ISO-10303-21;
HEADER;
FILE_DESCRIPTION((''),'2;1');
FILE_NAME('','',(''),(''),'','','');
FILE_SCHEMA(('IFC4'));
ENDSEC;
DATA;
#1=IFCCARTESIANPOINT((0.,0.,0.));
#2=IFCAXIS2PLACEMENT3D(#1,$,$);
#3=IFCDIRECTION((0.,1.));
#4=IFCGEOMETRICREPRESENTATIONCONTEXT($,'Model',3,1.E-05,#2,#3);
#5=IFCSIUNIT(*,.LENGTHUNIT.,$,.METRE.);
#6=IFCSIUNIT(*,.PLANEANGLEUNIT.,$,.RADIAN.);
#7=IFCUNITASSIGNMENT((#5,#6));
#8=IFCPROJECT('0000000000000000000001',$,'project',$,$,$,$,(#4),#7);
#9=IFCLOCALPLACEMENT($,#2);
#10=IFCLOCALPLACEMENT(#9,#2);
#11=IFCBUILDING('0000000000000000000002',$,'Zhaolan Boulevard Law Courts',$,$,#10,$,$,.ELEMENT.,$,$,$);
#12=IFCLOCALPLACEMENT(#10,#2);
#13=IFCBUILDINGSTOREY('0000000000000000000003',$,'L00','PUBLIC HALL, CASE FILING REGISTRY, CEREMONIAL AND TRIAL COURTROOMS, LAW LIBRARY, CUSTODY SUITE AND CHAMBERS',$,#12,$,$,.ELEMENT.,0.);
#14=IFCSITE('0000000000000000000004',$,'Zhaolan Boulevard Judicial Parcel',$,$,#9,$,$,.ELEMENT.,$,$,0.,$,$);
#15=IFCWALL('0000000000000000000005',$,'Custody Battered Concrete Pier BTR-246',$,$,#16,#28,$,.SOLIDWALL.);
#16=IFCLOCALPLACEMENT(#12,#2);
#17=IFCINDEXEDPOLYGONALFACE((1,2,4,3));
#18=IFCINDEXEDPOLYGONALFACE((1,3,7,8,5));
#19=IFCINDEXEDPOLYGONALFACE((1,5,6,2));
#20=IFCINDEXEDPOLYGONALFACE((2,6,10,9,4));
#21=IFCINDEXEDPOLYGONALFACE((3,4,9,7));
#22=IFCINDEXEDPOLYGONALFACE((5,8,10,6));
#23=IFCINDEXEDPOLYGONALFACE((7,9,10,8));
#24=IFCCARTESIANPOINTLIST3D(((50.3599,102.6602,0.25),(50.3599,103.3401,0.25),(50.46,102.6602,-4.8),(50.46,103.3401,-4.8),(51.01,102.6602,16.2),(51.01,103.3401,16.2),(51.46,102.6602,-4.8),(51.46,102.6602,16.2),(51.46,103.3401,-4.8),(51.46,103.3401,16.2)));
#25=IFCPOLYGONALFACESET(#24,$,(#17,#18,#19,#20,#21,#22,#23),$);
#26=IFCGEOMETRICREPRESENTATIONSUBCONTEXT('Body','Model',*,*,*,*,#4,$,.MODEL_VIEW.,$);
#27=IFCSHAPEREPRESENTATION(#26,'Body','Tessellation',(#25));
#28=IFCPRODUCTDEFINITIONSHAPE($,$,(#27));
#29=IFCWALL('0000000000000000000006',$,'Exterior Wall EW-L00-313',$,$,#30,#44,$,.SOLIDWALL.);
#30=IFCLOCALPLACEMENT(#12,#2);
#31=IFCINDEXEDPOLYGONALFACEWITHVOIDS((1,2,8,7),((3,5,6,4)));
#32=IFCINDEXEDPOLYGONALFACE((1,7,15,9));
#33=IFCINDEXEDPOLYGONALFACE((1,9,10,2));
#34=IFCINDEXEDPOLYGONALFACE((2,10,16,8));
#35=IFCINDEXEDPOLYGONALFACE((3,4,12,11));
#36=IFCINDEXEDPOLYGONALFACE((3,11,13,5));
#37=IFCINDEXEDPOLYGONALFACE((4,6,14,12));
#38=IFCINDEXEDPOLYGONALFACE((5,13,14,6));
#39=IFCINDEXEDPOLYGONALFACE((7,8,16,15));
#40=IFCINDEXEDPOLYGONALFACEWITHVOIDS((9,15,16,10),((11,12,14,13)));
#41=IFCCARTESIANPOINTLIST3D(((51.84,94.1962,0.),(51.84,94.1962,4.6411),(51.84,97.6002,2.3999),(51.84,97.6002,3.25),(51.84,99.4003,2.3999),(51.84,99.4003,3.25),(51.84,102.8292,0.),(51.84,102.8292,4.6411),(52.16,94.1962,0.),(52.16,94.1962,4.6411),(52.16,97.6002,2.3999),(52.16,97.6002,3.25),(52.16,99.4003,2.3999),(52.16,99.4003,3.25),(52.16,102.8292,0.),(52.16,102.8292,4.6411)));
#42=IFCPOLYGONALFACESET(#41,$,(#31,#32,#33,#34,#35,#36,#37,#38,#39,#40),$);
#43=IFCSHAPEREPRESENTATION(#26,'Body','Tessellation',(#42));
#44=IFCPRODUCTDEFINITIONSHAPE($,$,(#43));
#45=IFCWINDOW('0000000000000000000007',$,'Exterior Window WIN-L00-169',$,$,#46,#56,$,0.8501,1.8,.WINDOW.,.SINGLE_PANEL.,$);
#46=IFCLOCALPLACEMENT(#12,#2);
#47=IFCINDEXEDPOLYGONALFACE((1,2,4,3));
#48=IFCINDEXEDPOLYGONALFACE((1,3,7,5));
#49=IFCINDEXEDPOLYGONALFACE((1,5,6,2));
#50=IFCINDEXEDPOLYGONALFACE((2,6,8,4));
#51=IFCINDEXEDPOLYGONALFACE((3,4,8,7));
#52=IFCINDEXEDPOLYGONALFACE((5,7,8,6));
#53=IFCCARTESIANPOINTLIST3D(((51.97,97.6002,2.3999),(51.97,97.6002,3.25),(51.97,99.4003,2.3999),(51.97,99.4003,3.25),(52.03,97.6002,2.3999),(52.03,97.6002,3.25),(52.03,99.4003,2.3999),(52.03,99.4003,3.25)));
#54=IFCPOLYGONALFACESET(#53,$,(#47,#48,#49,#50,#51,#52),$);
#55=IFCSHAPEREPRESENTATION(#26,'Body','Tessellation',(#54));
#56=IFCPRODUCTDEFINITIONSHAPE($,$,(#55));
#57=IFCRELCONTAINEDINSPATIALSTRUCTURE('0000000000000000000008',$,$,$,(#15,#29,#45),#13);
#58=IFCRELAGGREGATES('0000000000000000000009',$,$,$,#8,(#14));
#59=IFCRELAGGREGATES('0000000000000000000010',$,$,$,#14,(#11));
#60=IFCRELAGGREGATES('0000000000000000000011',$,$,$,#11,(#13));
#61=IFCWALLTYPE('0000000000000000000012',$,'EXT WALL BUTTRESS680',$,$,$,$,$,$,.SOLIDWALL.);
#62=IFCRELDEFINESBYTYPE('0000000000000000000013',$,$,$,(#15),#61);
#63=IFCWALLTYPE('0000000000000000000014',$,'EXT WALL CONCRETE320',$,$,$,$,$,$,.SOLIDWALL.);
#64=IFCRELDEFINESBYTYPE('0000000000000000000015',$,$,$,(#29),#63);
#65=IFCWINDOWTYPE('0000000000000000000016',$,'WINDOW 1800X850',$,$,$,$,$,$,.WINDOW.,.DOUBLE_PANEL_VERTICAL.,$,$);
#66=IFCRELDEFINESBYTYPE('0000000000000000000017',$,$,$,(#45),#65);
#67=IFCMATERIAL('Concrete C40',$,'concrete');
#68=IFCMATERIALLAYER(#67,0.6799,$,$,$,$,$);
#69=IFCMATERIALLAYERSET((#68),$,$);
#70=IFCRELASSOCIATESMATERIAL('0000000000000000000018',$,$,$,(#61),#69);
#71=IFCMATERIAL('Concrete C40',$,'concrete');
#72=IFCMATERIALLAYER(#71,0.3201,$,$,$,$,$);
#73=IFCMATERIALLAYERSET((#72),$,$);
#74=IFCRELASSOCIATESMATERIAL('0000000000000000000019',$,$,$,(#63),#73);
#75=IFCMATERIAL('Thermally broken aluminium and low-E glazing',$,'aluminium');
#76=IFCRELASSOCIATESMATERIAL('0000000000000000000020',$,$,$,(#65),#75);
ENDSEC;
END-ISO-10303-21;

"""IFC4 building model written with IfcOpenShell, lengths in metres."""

from ifc_helpers import new_model, si_unit, direction, frame, frame_2d, origin, place, context, subcontext, project, spatial, polyline, rectangle, outline, extrude, material, layer, layer_set, type_object, element, fill, save


model = new_model("IFC4")

# Units and contexts
model_context = context("Model", 3, precision=1e-05, world=origin(), true_north=direction((0.0, 1.0)))
body_context = subcontext(model_context, "Body", "Model", "MODEL_VIEW")
ifc_project = project(units=[si_unit("LENGTHUNIT", "METRE"), si_unit("PLANEANGLEUNIT", "RADIAN")], contexts=[model_context])

# Site, building, storey
site_placement = place(None, origin())
site = spatial("IfcSite", under=ifc_project, at=site_placement, Name="Zhaolan Boulevard Judicial Parcel", CompositionType="ELEMENT", RefElevation=0.0)
building_placement = place(site_placement, origin())
building = spatial("IfcBuilding", under=site, at=building_placement, Name="Zhaolan Boulevard Law Courts", CompositionType="ELEMENT")
storey_placement = place(building_placement, origin())
storey = spatial("IfcBuildingStorey", under=building, at=storey_placement, Name="L00", Description="PUBLIC HALL, CASE FILING REGISTRY, CEREMONIAL AND TRIAL COURTROOMS, LAW LIBRARY, CUSTODY SUITE AND CHAMBERS", CompositionType="ELEMENT", Elevation=0.0)

# Wall
ifc_material_1 = material(Name="Concrete C40", Category="concrete")
ifc_layer_1 = layer(ifc_material_1, 0.6799)
ifc_layer_set_1 = layer_set([ifc_layer_1])
wall_type_1 = type_object("IfcWallType", Name="EXT WALL BUTTRESS680", PredefinedType="SOLIDWALL", material=ifc_layer_set_1)
wall_1_placement = place(storey_placement, frame((51.46, 103.0, -4.8), z_axis=(0.0, 0.0, 1.0), x_axis=(-1.0, 0.0, 0.0)))
element("IfcWall", 1, at=wall_1_placement, inside=storey, type_object=wall_type_1, Name="Custody Battered Concrete Pier BTR-246", PredefinedType="SOLIDWALL", context=body_context, shape_type="SweptSolid", body=[
    extrude(outline(polyline([(0.0, 0.0), (1.0, 0.0), (1.1001, 5.05), (0.45, 21.0), (0.0, 21.0), (0.0, 0.0)])), frame((0.0, 0.3398, 0.0), z_axis=(0.0, -1.0, 0.0), x_axis=(1.0, 0.0, 0.0)), (0.0, 0.0, 1.0), 0.6799),
])

# Wall, opening, window
ifc_material_2 = material(Name="Concrete C40", Category="concrete")
ifc_layer_2 = layer(ifc_material_2, 0.3201)
ifc_layer_set_2 = layer_set([ifc_layer_2])
wall_type_2 = type_object("IfcWallType", Name="EXT WALL CONCRETE320", PredefinedType="SOLIDWALL", material=ifc_layer_set_2)
wall_2_placement = place(storey_placement, frame((52.0, 102.8291, 0.0), z_axis=(0.0, 0.0, 1.0), x_axis=(0.0, -1.0, 0.0)))
wall_2 = element("IfcWall", 2, at=wall_2_placement, inside=storey, type_object=wall_type_2, Name="Exterior Wall EW-L00-313", PredefinedType="SOLIDWALL", context=body_context, shape_type="SweptSolid", body=[
    extrude(rectangle(XDim=8.6331, YDim=0.3201, at=frame_2d((4.3164, 0.0))), origin(), (0.0, 0.0, 1.0), 4.6411),
])
opening_placement = place(wall_2_placement, frame((3.429, 0.0, 2.3999)))
opening = element("IfcOpeningElement", 3, at=opening_placement, cuts=wall_2, PredefinedType="OPENING", context=body_context, shape_type="SweptSolid", body=[
    extrude(rectangle(XDim=1.8, YDim=0.8501, at=frame_2d((0.8999, 0.425))), frame((0.0, 0.1699, 0.0), z_axis=(0.0, -1.0, 0.0), x_axis=(1.0, 0.0, 0.0)), (0.0, 0.0, 1.0), 0.3401),
])
ifc_material_3 = material(Name="Thermally broken aluminium and low-E glazing", Category="aluminium")
window_type = type_object("IfcWindowType", Name="WINDOW 1800X850", PartitioningType="DOUBLE_PANEL_VERTICAL", PredefinedType="WINDOW", material=ifc_material_3)
window_placement = place(opening_placement, origin())
window = element("IfcWindow", 4, at=window_placement, inside=storey, type_object=window_type, Name="Exterior Window WIN-L00-169", OverallHeight=0.8501, OverallWidth=1.8, PartitioningType="SINGLE_PANEL", PredefinedType="WINDOW", context=body_context, shape_type="SweptSolid", body=[
    extrude(rectangle(XDim=1.8, YDim=0.8501, at=frame_2d((0.8999, 0.425))), frame((0.0, 0.03, 0.0), z_axis=(0.0, -1.0, 0.0), x_axis=(1.0, 0.0, 0.0)), (0.0, 0.0, 1.0), 0.0601),
])
fill(opening, window)

save(model, "model.ifc")
